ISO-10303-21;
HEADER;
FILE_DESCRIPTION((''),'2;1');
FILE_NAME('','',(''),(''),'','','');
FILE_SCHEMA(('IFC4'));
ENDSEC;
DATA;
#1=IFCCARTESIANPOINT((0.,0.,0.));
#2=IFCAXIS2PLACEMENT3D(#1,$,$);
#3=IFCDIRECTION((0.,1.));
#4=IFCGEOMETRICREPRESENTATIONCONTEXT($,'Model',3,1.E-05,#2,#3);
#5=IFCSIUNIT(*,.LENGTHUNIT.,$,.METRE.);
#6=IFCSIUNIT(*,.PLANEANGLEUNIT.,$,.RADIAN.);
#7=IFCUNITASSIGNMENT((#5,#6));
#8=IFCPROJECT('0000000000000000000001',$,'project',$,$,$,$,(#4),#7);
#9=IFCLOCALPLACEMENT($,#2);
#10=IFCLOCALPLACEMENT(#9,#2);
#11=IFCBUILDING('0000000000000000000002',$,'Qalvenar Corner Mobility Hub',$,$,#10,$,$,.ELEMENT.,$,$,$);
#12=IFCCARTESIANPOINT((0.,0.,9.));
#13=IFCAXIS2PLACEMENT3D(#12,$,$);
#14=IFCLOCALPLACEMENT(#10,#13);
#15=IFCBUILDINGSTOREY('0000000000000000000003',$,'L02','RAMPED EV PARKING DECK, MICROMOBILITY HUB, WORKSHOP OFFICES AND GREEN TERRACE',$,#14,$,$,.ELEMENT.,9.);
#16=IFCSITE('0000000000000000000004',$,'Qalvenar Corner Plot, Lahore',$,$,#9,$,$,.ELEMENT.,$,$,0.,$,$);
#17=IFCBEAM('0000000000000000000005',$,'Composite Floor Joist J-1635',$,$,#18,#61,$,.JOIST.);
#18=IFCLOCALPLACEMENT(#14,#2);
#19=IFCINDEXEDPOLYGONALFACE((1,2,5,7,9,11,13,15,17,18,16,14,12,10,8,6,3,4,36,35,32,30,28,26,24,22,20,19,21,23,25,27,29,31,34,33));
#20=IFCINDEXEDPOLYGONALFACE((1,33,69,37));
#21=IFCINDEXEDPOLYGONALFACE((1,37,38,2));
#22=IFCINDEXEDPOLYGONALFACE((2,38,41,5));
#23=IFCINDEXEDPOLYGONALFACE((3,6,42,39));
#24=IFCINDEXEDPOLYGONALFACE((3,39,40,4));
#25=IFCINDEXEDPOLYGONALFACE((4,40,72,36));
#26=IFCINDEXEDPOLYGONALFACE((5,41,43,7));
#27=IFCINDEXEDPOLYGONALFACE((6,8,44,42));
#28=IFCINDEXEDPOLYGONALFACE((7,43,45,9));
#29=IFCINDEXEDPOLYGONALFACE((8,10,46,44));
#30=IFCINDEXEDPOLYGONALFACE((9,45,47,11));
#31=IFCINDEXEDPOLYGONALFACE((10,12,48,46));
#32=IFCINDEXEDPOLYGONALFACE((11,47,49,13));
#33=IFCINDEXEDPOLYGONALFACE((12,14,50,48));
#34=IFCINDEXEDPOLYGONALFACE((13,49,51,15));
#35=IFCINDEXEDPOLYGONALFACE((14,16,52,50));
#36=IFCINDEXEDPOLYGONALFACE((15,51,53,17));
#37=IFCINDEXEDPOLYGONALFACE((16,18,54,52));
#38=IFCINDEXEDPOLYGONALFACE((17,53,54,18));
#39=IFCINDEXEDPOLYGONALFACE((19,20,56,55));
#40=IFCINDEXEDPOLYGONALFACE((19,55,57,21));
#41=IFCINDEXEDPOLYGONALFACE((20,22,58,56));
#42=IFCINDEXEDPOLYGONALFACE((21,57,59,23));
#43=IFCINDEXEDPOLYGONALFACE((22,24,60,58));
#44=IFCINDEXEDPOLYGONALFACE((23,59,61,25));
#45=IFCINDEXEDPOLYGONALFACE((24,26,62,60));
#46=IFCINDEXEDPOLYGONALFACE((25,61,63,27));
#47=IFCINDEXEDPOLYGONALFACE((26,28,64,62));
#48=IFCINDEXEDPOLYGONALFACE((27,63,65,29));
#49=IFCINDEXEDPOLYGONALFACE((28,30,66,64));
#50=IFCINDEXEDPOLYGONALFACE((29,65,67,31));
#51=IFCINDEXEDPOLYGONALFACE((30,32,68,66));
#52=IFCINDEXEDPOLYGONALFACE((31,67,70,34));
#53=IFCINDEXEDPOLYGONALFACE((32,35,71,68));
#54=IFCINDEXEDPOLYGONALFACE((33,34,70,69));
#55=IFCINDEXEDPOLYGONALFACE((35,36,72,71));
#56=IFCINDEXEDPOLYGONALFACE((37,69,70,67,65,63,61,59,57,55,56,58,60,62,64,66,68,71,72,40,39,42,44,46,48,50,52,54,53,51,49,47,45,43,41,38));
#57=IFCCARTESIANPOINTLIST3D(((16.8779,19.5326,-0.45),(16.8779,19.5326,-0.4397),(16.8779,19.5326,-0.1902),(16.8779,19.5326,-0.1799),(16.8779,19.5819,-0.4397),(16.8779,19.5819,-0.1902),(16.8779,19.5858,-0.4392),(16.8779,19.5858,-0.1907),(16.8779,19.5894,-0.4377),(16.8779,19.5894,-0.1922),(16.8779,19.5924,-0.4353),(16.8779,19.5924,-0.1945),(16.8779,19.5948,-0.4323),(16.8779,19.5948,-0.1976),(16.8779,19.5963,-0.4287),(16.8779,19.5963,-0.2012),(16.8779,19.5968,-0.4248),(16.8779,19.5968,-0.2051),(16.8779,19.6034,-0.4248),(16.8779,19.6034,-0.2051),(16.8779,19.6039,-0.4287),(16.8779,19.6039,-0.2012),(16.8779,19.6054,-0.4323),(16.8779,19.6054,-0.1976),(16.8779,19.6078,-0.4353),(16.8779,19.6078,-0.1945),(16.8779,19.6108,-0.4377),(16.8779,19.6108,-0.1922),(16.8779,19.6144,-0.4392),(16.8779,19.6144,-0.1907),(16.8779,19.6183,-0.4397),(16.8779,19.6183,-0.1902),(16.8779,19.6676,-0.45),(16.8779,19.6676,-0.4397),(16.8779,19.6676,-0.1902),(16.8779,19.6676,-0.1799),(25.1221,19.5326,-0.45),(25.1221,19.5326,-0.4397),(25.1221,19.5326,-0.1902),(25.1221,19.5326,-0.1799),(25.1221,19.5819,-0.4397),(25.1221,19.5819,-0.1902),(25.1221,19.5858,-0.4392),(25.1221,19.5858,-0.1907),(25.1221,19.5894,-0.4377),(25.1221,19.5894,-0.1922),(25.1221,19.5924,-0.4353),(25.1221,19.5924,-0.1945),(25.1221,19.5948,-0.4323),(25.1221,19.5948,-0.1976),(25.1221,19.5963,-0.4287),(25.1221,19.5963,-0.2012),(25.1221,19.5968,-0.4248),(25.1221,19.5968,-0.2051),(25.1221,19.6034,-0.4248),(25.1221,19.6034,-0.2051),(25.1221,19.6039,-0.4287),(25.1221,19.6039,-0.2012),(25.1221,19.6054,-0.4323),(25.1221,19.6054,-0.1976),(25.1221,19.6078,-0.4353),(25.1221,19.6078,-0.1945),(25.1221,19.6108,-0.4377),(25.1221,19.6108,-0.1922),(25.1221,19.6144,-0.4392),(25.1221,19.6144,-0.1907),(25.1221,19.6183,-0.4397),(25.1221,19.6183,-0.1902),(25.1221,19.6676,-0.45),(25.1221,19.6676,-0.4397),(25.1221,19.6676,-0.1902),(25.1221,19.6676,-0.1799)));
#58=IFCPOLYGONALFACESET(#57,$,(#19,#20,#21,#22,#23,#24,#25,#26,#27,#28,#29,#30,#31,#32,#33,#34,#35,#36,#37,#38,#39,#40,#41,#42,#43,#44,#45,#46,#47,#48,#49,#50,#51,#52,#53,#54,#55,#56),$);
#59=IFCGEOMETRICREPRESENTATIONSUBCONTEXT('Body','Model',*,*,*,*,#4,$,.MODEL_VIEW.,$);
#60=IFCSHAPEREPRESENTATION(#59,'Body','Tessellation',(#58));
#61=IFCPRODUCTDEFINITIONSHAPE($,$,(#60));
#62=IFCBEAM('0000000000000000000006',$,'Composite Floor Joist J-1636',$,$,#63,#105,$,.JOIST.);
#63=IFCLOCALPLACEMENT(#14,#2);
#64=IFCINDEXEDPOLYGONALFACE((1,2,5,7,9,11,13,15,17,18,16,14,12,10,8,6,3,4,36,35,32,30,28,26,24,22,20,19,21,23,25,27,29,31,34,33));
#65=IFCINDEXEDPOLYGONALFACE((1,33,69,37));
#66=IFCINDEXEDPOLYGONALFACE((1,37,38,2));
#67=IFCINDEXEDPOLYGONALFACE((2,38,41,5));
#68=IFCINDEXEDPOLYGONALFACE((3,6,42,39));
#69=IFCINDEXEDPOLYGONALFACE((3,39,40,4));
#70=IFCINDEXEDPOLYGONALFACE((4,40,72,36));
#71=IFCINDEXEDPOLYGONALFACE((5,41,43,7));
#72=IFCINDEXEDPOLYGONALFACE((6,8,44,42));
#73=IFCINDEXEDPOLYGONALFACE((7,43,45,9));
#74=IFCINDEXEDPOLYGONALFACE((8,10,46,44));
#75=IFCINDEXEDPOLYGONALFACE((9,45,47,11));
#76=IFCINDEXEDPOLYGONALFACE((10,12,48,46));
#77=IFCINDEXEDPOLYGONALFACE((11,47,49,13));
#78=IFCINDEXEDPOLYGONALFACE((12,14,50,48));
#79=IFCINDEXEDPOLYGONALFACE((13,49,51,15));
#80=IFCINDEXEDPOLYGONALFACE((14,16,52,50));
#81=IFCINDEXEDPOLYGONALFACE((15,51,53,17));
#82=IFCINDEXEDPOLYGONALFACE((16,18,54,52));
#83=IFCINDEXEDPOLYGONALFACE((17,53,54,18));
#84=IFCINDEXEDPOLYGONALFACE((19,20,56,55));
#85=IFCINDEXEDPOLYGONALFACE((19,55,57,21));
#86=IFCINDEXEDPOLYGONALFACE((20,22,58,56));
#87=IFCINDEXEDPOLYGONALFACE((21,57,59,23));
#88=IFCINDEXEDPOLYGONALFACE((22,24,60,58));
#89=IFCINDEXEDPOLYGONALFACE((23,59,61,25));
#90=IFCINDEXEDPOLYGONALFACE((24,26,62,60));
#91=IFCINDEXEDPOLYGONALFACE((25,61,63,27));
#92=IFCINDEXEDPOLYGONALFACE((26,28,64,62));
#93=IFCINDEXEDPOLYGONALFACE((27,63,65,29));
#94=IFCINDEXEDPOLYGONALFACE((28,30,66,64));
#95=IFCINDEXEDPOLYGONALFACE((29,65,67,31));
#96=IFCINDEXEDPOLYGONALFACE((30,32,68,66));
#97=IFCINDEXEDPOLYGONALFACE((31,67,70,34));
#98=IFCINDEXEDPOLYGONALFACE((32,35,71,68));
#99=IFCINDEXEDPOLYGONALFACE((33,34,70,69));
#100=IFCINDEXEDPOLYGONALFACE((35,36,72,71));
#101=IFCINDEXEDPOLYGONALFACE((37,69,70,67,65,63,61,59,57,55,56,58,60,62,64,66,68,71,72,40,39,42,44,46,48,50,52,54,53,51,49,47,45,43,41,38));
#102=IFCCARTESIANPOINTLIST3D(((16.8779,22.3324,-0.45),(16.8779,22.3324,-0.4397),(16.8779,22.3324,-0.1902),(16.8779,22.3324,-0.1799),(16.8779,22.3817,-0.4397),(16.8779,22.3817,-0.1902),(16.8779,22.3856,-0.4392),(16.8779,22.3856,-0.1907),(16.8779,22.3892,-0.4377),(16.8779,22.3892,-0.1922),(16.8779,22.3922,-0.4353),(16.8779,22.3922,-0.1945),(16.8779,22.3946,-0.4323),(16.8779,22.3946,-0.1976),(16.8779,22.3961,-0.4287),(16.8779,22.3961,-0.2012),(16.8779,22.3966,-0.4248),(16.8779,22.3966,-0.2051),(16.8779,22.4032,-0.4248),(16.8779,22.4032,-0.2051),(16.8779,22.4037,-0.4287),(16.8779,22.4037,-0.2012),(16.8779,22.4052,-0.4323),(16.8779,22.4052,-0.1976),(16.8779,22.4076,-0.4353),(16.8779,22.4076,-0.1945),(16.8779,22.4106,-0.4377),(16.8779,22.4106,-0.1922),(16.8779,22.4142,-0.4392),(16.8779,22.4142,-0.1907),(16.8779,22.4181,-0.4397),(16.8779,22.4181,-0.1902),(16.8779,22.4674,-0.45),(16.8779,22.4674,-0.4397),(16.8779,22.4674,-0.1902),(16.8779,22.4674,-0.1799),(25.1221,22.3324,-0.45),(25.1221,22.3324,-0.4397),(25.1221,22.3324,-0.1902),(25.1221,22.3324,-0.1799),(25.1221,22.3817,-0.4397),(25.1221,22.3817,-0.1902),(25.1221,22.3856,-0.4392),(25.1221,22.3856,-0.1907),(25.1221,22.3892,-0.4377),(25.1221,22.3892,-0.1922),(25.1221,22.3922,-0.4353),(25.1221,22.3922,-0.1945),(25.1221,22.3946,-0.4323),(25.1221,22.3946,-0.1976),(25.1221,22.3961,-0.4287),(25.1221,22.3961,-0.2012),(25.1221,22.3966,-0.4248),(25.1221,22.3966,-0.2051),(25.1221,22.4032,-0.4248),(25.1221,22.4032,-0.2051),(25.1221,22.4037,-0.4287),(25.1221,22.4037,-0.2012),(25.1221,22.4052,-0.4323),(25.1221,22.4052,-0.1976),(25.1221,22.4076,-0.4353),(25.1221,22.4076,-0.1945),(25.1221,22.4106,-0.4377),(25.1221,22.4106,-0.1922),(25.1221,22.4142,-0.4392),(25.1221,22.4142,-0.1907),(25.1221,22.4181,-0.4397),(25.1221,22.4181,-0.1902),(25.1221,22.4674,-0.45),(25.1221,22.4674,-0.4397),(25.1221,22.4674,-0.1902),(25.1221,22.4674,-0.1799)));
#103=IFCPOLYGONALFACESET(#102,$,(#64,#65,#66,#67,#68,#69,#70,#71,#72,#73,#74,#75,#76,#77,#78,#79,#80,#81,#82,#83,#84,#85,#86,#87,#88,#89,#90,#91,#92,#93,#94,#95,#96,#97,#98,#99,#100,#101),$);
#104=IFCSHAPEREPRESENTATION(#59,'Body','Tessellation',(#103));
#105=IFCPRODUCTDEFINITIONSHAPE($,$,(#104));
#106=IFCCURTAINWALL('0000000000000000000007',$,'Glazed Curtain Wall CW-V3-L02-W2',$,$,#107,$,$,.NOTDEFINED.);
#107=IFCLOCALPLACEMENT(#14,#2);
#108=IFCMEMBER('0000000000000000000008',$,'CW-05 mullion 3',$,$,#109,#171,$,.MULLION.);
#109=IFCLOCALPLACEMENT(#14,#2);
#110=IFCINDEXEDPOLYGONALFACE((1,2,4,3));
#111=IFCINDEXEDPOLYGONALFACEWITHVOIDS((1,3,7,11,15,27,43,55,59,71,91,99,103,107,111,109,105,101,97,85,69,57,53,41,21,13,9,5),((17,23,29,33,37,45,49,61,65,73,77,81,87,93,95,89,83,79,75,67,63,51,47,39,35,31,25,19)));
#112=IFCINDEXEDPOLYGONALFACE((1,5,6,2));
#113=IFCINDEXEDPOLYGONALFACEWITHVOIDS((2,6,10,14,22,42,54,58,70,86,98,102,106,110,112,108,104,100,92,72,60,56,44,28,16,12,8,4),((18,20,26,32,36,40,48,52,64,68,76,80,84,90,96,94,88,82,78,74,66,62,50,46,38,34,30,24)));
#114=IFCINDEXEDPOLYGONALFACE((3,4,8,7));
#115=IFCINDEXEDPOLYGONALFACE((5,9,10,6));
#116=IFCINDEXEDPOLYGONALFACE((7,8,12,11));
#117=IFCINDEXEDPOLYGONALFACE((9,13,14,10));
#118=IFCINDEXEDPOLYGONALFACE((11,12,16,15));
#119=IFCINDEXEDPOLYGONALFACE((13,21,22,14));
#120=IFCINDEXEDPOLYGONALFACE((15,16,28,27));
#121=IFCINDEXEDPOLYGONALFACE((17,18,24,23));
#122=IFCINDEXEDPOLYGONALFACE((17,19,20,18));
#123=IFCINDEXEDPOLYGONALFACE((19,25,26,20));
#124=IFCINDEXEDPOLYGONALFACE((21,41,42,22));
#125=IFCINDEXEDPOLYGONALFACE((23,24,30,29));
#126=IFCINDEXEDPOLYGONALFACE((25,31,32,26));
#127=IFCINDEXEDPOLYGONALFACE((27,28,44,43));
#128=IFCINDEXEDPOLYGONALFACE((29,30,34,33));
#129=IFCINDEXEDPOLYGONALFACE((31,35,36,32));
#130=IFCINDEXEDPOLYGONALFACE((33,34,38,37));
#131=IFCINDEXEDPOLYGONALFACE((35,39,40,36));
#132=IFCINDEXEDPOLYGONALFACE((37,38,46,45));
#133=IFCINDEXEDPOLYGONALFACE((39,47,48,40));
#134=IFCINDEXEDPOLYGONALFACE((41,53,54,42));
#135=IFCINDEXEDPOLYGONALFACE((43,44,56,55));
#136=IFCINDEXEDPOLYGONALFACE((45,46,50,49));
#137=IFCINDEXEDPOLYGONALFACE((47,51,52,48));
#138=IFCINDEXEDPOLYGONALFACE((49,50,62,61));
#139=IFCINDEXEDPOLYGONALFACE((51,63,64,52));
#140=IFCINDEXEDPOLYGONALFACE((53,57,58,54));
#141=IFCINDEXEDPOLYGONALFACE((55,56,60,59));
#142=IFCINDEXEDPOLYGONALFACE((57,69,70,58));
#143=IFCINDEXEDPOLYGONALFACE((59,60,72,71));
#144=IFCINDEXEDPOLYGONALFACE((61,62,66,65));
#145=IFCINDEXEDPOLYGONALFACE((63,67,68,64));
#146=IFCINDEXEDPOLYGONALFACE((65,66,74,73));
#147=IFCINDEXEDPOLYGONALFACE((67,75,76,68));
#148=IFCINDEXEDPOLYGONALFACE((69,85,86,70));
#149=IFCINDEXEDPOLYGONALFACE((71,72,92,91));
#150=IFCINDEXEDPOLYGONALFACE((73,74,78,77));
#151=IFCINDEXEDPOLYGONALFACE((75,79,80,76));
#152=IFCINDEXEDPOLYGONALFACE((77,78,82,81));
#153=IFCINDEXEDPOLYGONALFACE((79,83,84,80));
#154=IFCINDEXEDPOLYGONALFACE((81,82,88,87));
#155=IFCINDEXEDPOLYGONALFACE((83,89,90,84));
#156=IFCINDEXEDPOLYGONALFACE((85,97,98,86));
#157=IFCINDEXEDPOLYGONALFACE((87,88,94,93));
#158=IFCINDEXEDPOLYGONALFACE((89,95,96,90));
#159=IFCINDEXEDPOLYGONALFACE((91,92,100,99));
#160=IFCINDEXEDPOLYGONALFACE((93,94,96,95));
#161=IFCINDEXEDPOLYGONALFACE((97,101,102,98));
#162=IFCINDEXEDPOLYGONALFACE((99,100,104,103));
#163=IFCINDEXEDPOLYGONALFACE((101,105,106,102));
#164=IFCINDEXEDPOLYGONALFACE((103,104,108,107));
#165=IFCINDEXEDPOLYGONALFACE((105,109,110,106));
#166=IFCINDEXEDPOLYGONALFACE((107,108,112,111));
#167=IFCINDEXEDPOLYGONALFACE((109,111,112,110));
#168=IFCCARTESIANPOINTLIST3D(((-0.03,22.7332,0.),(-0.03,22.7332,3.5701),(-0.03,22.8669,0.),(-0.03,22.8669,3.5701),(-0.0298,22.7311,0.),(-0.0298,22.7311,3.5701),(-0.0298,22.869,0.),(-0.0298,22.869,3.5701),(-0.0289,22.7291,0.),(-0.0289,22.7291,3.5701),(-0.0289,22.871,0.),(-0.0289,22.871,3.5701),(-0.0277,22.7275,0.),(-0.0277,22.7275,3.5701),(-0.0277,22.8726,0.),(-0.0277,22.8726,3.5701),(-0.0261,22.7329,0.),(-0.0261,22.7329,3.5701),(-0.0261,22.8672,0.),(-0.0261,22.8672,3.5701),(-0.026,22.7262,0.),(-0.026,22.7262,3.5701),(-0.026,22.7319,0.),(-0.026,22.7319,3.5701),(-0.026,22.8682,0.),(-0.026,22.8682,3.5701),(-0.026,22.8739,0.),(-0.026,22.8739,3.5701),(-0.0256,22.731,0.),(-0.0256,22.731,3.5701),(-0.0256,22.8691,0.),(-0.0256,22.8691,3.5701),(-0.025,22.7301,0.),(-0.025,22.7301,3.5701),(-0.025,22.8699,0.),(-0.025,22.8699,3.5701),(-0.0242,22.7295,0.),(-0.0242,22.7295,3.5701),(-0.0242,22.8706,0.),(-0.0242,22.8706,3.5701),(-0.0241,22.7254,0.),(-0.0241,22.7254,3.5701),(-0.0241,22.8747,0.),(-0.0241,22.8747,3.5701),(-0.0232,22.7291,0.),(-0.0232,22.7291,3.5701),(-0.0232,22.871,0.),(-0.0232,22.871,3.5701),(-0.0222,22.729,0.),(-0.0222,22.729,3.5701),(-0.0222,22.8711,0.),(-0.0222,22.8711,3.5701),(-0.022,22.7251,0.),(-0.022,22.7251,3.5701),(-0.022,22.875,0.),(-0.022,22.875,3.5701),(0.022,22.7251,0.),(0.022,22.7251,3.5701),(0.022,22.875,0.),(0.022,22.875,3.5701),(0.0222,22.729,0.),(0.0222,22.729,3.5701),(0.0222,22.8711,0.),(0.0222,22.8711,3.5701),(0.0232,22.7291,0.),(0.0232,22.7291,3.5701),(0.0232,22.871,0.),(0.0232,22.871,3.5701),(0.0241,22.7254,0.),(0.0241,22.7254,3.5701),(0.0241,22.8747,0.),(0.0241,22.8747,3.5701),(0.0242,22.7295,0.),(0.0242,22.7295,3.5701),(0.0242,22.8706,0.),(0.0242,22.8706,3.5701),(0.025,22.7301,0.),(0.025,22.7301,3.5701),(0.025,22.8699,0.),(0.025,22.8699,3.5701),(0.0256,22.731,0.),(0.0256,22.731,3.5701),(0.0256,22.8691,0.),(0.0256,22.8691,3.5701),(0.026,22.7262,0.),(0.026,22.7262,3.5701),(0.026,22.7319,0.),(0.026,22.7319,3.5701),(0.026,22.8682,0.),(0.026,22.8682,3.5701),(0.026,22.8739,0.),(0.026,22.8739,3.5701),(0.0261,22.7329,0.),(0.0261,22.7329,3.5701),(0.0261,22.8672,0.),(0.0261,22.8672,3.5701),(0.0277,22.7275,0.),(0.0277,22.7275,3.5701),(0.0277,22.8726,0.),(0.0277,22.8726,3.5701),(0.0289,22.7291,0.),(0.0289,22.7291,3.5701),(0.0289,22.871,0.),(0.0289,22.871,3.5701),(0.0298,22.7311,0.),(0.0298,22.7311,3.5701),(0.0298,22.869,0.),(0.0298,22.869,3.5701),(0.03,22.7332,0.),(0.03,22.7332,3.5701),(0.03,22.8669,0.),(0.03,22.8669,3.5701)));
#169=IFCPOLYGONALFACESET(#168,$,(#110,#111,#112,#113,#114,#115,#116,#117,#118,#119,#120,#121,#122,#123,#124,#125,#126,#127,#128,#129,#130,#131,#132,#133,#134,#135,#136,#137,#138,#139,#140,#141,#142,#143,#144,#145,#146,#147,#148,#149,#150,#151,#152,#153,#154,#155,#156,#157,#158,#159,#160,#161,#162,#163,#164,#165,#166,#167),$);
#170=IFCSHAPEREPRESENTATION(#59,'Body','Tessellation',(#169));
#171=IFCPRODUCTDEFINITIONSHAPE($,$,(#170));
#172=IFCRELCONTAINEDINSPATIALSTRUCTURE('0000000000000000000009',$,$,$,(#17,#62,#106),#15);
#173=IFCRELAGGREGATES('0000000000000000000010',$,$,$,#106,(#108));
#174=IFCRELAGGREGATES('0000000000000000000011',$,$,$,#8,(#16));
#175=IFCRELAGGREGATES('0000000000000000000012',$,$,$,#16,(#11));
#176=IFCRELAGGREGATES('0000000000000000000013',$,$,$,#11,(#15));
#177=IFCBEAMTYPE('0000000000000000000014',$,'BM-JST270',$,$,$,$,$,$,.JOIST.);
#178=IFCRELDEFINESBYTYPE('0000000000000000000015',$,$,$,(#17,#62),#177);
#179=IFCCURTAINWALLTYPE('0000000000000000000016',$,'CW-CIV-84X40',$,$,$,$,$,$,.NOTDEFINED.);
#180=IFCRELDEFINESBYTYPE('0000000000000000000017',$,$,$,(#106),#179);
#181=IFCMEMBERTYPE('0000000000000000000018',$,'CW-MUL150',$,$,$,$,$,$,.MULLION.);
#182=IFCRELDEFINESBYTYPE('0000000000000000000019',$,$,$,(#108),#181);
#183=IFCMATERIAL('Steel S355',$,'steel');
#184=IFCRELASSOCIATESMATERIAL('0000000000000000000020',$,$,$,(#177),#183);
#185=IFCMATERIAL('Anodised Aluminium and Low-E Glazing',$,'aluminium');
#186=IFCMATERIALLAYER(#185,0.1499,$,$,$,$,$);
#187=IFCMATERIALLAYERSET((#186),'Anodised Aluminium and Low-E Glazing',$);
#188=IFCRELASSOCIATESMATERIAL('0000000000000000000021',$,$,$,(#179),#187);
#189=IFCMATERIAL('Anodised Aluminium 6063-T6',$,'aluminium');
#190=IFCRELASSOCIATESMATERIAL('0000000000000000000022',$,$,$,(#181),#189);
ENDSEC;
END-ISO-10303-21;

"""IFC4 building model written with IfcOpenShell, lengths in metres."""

from ifc_helpers import new_model, si_unit, direction, frame, origin, origin_2d, place, context, subcontext, project, spatial, hollow_rectangle, i_section, extrude, material, layer, layer_set, material_profile, profile_set, type_object, element, aggregate, save


model = new_model("IFC4")

# Units and contexts
model_context = context("Model", 3, precision=1e-05, world=origin(), true_north=direction((0.0, 1.0)))
body_context = subcontext(model_context, "Body", "Model", "MODEL_VIEW")
ifc_project = project(units=[si_unit("LENGTHUNIT", "METRE"), si_unit("PLANEANGLEUNIT", "RADIAN")], contexts=[model_context])

# Site, building, storey
site_placement = place(None, origin())
site = spatial("IfcSite", under=ifc_project, at=site_placement, Name="Qalvenar Corner Plot, Lahore", CompositionType="ELEMENT", RefElevation=0.0)
building_placement = place(site_placement, origin())
building = spatial("IfcBuilding", under=site, at=building_placement, Name="Qalvenar Corner Mobility Hub", CompositionType="ELEMENT")
storey_placement = place(building_placement, frame((0.0, 0.0, 9.0)))
storey = spatial("IfcBuildingStorey", under=building, at=storey_placement, Name="L02", Description="RAMPED EV PARKING DECK, MICROMOBILITY HUB, WORKSHOP OFFICES AND GREEN TERRACE", CompositionType="ELEMENT", Elevation=9.0)

# Beams
ifc_material_1 = material(Name="Steel S355", Category="steel")
ifc_material_profile_1 = material_profile(ifc_material_1, i_section(OverallWidth=0.135, OverallDepth=0.27, WebThickness=0.0066, FlangeThickness=0.0103, FilletRadius=0.0149, at=origin_2d()), Name="IPE270")
ifc_profile_set_1 = profile_set([ifc_material_profile_1], Name="Steel S355")
beam_type_1 = type_object("IfcBeamType", Name="BM-JST270", PredefinedType="JOIST", material=ifc_profile_set_1)
for number, where, z_axis, x_axis, name in (
    (1, (16.8779, 19.6001, -0.3149), (1.0, 0.0, 0.0), (0.0, 1.0, 0.0), "Composite Floor Joist J-1635"),
    (2, (16.8779, 22.3999, -0.3149), (1.0, 0.0, 0.0), (0.0, 1.0, 0.0), "Composite Floor Joist J-1636"),
):
    element("IfcBeam", number, at=place(storey_placement, frame(where, z_axis=z_axis, x_axis=x_axis)), inside=storey, type_object=beam_type_1, Name=name, PredefinedType="JOIST", context=body_context, shape_type="SweptSolid", body=[
        extrude(i_section(OverallWidth=0.135, OverallDepth=0.27, WebThickness=0.0066, FlangeThickness=0.0103, FilletRadius=0.0149, at=origin_2d()), origin(), (0.0, 0.0, 1.0), 8.2441),
    ])

# Curtain wall, member
ifc_material_2 = material(Name="Anodised Aluminium and Low-E Glazing", Category="aluminium")
ifc_layer_1 = layer(ifc_material_2, 0.1499)
ifc_layer_set_1 = layer_set([ifc_layer_1], Name="Anodised Aluminium and Low-E Glazing")
curtain_wall_type = type_object("IfcCurtainWallType", Name="CW-CIV-84X40", PredefinedType="NOTDEFINED", material=ifc_layer_set_1)
curtain_wall_placement = place(storey_placement, origin())
curtain_wall = element("IfcCurtainWall", 3, at=curtain_wall_placement, inside=storey, type_object=curtain_wall_type, Name="Glazed Curtain Wall CW-V3-L02-W2", PredefinedType="NOTDEFINED")
ifc_material_3 = material(Name="Anodised Aluminium 6063-T6", Category="aluminium")
ifc_material_profile_2 = material_profile(ifc_material_3, hollow_rectangle(XDim=0.0601, YDim=0.1499, WallThickness=0.0039, InnerFilletRadius=0.0039, OuterFilletRadius=0.0081, at=origin_2d()), Name="RHS150x60x4")
ifc_profile_set_2 = profile_set([ifc_material_profile_2], Name="Anodised Aluminium 6063-T6")
member_type_1 = type_object("IfcMemberType", Name="CW-MUL150", PredefinedType="MULLION", material=ifc_profile_set_2)
member_1_placement = place(storey_placement, frame((0.0, 22.8, 0.0), z_axis=(0.0, 0.0, 1.0), x_axis=(1.0, 0.0, 0.0)))
member_1 = element("IfcMember", 4, at=member_1_placement, type_object=member_type_1, Name="CW-05 mullion 3", PredefinedType="MULLION", context=body_context, shape_type="SweptSolid", body=[
    extrude(hollow_rectangle(XDim=0.0601, YDim=0.1499, WallThickness=0.0039, InnerFilletRadius=0.0039, OuterFilletRadius=0.0081, at=origin_2d()), origin(), (0.0, 0.0, 1.0), 3.5701),
])
aggregate(curtain_wall, [member_1])

save(model, "model.ifc")
